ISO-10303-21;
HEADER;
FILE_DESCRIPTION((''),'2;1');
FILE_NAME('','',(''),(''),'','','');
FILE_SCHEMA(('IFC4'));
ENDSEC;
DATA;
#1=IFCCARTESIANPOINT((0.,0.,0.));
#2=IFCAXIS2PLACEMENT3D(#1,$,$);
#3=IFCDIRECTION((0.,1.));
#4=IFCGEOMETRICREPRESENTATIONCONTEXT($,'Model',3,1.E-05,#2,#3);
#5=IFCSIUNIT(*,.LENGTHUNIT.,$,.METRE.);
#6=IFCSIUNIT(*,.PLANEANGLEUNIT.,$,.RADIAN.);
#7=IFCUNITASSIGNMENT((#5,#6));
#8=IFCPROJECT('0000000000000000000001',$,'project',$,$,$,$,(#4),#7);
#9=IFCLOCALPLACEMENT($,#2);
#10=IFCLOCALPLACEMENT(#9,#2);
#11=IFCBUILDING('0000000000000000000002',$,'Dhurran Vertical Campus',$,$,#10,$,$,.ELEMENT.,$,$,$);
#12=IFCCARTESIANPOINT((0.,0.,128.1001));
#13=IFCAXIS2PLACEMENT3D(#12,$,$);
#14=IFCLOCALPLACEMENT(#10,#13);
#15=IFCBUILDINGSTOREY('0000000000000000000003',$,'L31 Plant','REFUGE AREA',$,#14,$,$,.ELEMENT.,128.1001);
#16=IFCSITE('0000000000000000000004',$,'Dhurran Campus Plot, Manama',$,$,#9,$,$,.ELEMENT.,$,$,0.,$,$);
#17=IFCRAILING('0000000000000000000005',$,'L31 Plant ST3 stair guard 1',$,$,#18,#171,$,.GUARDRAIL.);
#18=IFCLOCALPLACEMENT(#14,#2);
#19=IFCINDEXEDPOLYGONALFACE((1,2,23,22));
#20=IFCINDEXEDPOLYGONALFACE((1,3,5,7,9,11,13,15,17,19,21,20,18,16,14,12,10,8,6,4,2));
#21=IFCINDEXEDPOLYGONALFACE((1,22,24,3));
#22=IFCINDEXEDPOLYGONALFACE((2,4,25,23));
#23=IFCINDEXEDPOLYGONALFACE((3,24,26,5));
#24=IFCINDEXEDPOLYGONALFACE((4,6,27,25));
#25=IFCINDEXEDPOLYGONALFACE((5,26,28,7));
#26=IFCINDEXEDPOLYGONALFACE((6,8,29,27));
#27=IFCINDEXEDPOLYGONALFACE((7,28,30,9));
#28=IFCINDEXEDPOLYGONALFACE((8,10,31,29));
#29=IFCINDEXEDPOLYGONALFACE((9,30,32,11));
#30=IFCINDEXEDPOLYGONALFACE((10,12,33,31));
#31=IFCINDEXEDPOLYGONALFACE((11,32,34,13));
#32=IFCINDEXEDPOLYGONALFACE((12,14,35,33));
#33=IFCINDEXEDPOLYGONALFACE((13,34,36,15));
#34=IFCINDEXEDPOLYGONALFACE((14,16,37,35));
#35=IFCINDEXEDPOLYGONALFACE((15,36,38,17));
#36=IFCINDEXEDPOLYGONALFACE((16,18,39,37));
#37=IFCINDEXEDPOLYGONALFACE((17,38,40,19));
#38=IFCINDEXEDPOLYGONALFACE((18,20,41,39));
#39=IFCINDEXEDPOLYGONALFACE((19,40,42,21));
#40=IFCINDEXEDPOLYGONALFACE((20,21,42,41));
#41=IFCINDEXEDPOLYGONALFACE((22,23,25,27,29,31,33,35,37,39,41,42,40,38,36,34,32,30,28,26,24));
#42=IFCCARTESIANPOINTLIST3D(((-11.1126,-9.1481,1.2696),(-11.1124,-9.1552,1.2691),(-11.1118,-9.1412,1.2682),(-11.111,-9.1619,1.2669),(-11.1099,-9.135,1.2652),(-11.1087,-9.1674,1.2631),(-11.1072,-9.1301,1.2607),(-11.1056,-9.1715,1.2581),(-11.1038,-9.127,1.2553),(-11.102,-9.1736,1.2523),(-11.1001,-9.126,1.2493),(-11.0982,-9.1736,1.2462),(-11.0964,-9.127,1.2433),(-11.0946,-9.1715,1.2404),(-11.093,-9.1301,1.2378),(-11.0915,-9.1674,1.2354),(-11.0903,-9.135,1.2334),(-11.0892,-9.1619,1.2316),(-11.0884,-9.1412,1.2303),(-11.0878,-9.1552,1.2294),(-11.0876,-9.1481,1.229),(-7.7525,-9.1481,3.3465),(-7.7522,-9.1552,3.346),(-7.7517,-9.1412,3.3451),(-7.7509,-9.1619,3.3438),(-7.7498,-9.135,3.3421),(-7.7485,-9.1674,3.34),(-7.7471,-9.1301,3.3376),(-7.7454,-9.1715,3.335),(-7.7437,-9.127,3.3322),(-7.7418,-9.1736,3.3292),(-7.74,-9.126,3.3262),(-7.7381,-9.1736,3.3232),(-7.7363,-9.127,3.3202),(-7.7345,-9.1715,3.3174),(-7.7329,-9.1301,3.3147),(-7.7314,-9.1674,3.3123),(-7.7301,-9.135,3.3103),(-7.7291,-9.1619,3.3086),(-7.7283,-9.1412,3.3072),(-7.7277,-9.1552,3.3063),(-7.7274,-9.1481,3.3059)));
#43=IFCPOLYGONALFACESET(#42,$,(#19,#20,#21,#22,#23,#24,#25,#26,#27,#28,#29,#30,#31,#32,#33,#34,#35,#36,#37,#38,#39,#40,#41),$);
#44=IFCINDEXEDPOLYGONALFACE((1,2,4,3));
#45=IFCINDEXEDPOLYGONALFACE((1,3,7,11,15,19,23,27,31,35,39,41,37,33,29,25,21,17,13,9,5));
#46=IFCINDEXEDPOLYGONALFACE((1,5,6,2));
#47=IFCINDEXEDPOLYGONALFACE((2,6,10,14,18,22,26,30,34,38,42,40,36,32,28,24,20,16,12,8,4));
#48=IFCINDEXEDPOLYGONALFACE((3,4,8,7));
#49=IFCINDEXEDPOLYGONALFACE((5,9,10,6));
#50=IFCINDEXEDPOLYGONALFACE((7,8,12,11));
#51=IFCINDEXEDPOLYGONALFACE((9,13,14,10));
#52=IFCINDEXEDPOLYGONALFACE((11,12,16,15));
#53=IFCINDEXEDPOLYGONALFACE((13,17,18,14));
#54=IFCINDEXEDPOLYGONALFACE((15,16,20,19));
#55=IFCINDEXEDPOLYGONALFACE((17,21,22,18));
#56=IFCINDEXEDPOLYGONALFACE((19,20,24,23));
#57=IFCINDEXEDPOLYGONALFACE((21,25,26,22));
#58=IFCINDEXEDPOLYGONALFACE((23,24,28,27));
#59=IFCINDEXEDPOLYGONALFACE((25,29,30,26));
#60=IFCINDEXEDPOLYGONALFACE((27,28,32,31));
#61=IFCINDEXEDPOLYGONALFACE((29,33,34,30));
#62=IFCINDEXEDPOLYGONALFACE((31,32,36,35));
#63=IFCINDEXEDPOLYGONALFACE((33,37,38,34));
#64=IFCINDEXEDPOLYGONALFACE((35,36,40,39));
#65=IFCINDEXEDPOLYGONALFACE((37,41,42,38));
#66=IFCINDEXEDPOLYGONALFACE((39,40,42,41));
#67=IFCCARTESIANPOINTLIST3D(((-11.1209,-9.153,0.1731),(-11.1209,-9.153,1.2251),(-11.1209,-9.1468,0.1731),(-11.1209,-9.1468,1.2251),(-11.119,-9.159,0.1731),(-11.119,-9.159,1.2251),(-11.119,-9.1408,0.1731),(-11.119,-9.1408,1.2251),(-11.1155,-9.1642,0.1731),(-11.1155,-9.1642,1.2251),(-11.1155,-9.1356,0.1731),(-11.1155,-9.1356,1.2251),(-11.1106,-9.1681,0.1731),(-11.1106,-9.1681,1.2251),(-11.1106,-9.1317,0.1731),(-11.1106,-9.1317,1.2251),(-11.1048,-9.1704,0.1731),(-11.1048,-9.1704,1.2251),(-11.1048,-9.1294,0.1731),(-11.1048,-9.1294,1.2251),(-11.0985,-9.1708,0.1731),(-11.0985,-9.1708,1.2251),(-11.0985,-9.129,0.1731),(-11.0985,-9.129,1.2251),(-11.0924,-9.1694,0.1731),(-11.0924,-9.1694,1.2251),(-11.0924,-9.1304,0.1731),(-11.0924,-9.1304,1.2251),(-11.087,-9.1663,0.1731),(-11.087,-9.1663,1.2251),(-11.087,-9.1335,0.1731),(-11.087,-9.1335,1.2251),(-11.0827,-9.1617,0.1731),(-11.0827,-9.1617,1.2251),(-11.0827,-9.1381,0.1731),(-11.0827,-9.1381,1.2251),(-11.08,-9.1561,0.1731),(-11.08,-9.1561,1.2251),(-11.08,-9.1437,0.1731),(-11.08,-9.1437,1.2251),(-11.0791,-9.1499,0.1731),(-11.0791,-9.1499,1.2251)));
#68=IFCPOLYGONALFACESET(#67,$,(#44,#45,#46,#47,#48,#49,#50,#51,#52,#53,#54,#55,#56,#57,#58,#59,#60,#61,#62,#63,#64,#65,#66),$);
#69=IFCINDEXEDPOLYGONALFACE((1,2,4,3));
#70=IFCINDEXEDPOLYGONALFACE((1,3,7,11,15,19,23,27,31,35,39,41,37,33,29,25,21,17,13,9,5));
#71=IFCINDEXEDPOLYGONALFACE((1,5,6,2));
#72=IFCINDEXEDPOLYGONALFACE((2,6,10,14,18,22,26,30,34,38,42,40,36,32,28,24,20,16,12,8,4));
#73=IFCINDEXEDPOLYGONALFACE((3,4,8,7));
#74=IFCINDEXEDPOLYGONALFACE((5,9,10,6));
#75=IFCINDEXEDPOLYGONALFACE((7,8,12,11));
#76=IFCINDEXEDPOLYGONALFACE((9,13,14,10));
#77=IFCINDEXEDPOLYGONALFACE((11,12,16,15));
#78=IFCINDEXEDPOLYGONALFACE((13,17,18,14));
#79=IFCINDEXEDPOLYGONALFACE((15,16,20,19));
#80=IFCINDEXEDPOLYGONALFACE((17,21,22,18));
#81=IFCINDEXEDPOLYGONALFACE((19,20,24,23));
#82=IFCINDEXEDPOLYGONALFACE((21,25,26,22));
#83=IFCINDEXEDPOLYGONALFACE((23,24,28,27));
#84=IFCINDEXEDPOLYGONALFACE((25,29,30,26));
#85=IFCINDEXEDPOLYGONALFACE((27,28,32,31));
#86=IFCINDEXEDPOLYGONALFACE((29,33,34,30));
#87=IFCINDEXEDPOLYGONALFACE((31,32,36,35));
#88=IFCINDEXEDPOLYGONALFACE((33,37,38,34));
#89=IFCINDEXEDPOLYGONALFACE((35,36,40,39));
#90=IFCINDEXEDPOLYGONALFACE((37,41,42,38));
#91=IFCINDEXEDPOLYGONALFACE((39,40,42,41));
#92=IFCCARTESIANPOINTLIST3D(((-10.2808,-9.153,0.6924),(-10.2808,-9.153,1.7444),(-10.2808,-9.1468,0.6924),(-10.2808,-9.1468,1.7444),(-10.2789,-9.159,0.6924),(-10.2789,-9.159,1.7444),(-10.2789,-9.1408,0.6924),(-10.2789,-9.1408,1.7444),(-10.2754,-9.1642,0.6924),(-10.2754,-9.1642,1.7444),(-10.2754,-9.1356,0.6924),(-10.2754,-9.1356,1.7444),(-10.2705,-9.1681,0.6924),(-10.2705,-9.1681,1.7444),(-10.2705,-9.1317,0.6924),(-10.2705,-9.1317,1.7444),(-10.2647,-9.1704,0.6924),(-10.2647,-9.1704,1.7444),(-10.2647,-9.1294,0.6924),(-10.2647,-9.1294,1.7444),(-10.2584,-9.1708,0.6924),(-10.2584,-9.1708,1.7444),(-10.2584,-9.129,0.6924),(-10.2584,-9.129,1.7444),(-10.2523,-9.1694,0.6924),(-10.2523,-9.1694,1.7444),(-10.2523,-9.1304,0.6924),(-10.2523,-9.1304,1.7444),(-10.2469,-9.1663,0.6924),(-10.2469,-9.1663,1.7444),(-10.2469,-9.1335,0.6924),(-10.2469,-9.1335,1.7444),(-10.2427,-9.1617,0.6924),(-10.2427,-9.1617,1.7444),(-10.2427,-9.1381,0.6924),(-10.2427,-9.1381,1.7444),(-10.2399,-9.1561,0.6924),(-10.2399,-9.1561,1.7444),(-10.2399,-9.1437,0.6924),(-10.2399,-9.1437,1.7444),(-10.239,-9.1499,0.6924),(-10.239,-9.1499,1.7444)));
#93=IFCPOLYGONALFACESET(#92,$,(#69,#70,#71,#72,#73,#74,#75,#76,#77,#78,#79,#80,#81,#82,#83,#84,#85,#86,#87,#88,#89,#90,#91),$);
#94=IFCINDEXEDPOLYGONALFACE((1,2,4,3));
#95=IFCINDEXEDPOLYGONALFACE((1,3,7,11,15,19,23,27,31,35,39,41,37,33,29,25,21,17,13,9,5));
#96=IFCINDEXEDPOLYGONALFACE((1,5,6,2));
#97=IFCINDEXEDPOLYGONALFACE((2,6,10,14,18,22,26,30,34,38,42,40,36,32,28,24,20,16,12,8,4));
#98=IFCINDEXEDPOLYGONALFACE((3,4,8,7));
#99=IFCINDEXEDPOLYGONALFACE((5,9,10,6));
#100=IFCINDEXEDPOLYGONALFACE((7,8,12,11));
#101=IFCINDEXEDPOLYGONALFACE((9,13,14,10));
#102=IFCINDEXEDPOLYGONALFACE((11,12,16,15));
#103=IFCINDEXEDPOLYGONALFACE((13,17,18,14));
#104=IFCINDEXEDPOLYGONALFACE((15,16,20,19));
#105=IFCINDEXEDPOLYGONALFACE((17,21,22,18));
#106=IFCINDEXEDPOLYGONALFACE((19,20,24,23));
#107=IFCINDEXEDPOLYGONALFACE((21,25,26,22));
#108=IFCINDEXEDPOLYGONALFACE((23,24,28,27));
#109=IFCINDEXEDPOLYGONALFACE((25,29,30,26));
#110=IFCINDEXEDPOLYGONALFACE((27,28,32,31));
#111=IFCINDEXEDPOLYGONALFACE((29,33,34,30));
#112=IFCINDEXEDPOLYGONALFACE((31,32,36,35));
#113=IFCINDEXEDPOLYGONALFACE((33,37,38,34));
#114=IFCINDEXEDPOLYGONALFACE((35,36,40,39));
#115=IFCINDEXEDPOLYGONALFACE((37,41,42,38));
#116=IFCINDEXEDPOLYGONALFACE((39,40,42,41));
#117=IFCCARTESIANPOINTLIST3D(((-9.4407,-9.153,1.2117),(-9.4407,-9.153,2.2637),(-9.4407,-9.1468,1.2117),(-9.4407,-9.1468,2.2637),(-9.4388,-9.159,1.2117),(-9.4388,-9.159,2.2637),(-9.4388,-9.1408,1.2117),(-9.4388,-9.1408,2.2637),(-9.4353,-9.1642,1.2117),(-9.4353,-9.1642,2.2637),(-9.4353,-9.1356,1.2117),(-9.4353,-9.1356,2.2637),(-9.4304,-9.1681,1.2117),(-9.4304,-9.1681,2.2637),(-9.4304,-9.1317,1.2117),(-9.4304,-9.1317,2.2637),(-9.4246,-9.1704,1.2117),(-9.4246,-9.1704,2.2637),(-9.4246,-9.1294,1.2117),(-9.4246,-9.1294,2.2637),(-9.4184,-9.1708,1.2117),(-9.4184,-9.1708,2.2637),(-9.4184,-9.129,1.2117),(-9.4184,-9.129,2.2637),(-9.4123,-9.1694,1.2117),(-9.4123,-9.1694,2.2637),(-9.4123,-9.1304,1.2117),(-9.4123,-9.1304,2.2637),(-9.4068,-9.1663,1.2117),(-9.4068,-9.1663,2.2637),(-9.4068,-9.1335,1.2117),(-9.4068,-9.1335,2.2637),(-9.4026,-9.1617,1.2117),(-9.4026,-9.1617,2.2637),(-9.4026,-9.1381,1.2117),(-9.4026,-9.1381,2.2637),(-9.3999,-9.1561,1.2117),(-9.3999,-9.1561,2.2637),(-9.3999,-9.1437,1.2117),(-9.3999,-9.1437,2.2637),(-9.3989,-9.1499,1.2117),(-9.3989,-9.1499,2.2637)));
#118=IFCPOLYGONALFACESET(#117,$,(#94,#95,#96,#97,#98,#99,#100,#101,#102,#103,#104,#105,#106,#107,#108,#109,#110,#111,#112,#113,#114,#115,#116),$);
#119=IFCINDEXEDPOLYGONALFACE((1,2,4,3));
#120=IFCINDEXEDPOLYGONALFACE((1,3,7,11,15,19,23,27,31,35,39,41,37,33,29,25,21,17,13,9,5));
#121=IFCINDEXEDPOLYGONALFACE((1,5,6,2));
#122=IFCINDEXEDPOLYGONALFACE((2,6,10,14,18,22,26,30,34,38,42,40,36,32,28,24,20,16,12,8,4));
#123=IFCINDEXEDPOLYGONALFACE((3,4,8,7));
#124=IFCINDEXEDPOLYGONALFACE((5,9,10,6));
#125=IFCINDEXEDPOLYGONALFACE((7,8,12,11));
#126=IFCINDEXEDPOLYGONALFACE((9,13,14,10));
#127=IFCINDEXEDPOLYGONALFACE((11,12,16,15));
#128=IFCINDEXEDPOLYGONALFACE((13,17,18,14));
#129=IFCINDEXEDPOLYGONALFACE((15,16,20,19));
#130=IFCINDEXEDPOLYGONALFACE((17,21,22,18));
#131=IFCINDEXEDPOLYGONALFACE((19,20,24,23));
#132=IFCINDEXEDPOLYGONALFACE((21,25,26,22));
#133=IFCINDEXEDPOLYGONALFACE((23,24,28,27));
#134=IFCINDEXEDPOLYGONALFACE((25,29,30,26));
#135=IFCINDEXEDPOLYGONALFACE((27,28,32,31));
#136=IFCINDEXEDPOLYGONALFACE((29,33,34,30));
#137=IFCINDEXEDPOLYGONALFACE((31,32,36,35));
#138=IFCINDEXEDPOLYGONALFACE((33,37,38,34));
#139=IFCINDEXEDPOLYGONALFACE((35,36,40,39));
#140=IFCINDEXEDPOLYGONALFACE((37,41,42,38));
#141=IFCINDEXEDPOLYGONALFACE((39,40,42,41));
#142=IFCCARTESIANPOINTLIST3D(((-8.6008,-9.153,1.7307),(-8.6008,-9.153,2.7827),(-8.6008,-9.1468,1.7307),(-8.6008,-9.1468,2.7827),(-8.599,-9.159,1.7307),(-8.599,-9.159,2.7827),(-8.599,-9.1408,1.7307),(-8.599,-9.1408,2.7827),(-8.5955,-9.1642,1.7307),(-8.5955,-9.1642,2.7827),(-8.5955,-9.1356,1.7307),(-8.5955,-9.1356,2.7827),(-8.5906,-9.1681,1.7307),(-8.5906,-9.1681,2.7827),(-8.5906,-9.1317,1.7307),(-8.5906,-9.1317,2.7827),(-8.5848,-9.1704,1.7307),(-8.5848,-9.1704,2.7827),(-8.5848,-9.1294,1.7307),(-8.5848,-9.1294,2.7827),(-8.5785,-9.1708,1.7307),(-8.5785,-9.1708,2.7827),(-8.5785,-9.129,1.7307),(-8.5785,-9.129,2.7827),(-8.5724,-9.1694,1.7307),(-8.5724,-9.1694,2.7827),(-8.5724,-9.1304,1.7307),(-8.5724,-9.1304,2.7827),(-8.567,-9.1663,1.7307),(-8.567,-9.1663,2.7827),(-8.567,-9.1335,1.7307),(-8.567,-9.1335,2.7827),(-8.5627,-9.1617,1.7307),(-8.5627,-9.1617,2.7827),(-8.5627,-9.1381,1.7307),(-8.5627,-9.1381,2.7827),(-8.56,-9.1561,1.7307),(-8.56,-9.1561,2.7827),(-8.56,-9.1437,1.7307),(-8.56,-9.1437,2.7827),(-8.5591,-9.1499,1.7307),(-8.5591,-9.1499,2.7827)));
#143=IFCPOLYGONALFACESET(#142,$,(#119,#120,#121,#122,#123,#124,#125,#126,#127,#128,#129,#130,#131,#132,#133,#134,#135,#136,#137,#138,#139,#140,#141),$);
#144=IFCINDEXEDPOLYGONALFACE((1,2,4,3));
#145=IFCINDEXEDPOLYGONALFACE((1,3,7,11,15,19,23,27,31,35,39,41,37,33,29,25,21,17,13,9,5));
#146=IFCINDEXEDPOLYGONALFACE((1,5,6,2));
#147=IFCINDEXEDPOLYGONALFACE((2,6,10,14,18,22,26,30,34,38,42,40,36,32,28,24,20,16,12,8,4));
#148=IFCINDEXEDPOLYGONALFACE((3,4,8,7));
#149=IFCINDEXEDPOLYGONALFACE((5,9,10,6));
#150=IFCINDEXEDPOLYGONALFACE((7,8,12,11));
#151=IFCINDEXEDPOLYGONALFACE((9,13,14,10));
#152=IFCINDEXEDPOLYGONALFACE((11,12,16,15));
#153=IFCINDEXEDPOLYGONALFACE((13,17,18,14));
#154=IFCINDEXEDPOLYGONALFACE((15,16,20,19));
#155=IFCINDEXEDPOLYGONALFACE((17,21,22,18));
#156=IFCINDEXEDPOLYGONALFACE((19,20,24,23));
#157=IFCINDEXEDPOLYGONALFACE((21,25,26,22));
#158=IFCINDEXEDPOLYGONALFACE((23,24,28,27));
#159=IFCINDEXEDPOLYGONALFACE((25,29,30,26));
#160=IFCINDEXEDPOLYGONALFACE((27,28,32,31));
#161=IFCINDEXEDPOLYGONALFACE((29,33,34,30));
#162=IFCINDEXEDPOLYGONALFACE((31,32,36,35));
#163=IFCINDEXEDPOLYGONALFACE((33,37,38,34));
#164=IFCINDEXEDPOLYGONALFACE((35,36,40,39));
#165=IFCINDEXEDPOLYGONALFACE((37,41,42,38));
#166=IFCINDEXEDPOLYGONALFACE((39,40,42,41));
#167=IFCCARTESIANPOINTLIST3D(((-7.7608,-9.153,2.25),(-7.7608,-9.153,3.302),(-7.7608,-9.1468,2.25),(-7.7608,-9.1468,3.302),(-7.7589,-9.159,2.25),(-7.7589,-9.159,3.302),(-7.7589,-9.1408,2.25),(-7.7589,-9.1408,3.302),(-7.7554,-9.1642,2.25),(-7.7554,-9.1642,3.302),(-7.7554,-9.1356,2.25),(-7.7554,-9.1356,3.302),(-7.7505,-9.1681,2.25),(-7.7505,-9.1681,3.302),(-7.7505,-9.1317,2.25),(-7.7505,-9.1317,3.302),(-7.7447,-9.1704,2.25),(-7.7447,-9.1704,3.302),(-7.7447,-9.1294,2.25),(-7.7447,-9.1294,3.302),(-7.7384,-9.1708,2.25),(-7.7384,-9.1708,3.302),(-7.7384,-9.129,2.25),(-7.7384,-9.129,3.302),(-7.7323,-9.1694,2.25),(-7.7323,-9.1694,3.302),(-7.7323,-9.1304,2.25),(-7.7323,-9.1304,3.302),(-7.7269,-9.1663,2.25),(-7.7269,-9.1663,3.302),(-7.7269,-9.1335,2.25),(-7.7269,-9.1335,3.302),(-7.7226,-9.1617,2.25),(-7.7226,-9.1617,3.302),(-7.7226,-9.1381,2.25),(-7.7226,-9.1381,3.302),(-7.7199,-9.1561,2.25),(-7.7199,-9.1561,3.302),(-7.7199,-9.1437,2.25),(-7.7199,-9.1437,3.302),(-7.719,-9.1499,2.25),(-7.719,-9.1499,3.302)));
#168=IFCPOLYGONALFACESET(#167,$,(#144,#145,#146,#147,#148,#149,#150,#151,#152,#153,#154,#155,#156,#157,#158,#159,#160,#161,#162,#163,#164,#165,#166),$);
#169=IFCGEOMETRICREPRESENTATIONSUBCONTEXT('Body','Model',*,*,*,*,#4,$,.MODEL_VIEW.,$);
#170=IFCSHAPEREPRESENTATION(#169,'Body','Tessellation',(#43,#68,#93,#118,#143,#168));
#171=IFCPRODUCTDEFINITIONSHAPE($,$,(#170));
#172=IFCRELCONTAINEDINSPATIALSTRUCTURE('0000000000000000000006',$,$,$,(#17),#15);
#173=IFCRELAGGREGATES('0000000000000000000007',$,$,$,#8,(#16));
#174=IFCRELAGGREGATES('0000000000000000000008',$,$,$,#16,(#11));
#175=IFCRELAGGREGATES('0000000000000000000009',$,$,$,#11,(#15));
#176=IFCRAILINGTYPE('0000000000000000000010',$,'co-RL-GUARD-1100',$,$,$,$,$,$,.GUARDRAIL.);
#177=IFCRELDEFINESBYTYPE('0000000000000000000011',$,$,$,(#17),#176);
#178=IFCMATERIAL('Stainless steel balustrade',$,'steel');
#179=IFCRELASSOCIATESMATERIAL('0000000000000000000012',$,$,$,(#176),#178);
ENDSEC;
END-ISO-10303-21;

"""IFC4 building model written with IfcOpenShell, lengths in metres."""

from ifc_helpers import new_model, si_unit, direction, frame, origin, origin_2d, place, context, subcontext, project, spatial, circle, extrude, material, type_object, element, save


model = new_model("IFC4")

# Units and contexts
model_context = context("Model", 3, precision=1e-05, world=origin(), true_north=direction((0.0, 1.0)))
body_context = subcontext(model_context, "Body", "Model", "MODEL_VIEW")
ifc_project = project(units=[si_unit("LENGTHUNIT", "METRE"), si_unit("PLANEANGLEUNIT", "RADIAN")], contexts=[model_context])

# Site, building, storey
site_placement = place(None, origin())
site = spatial("IfcSite", under=ifc_project, at=site_placement, Name="Dhurran Campus Plot, Manama", CompositionType="ELEMENT", RefElevation=0.0)
building_placement = place(site_placement, origin())
building = spatial("IfcBuilding", under=site, at=building_placement, Name="Dhurran Vertical Campus", CompositionType="ELEMENT")
storey_placement = place(building_placement, frame((0.0, 0.0, 128.1001)))
storey = spatial("IfcBuildingStorey", under=building, at=storey_placement, Name="L31 Plant", Description="REFUGE AREA", CompositionType="ELEMENT", Elevation=128.1001)

# Railing
ifc_material_1 = material(Name="Stainless steel balustrade", Category="steel")
railing_type_1 = type_object("IfcRailingType", Name="co-RL-GUARD-1100", PredefinedType="GUARDRAIL", material=ifc_material_1)
railing_1_placement = place(storey_placement, frame((-11.1001, -9.1499, 0.1731)))
element("IfcRailing", 1, at=railing_1_placement, inside=storey, type_object=railing_type_1, Name="L31 Plant ST3 stair guard 1", PredefinedType="GUARDRAIL", context=body_context, shape_type="SweptSolid", body=[
    extrude(circle(Radius=0.0239, at=origin_2d()), frame((0.0, 0.0, 1.0762), z_axis=(0.850623, 0.0, 0.525776), x_axis=(0.0, 1.0, 0.0)), (0.0, 0.0, 1.0), 3.9502),
    extrude(circle(Radius=0.021, at=origin_2d()), origin(), (0.0, 0.0, 1.0), 1.052),
    extrude(circle(Radius=0.021, at=origin_2d()), frame((0.8401, 0.0, 0.5193)), (0.0, 0.0, 1.0), 1.052),
    extrude(circle(Radius=0.021, at=origin_2d()), frame((1.6802, 0.0, 1.0386)), (0.0, 0.0, 1.0), 1.052),
    extrude(circle(Radius=0.021, at=origin_2d()), frame((2.52, 0.0, 1.5576)), (0.0, 0.0, 1.0), 1.052),
    extrude(circle(Radius=0.021, at=origin_2d()), frame((3.3601, 0.0, 2.0769)), (0.0, 0.0, 1.0), 1.052),
])

save(model, "model.ifc")
